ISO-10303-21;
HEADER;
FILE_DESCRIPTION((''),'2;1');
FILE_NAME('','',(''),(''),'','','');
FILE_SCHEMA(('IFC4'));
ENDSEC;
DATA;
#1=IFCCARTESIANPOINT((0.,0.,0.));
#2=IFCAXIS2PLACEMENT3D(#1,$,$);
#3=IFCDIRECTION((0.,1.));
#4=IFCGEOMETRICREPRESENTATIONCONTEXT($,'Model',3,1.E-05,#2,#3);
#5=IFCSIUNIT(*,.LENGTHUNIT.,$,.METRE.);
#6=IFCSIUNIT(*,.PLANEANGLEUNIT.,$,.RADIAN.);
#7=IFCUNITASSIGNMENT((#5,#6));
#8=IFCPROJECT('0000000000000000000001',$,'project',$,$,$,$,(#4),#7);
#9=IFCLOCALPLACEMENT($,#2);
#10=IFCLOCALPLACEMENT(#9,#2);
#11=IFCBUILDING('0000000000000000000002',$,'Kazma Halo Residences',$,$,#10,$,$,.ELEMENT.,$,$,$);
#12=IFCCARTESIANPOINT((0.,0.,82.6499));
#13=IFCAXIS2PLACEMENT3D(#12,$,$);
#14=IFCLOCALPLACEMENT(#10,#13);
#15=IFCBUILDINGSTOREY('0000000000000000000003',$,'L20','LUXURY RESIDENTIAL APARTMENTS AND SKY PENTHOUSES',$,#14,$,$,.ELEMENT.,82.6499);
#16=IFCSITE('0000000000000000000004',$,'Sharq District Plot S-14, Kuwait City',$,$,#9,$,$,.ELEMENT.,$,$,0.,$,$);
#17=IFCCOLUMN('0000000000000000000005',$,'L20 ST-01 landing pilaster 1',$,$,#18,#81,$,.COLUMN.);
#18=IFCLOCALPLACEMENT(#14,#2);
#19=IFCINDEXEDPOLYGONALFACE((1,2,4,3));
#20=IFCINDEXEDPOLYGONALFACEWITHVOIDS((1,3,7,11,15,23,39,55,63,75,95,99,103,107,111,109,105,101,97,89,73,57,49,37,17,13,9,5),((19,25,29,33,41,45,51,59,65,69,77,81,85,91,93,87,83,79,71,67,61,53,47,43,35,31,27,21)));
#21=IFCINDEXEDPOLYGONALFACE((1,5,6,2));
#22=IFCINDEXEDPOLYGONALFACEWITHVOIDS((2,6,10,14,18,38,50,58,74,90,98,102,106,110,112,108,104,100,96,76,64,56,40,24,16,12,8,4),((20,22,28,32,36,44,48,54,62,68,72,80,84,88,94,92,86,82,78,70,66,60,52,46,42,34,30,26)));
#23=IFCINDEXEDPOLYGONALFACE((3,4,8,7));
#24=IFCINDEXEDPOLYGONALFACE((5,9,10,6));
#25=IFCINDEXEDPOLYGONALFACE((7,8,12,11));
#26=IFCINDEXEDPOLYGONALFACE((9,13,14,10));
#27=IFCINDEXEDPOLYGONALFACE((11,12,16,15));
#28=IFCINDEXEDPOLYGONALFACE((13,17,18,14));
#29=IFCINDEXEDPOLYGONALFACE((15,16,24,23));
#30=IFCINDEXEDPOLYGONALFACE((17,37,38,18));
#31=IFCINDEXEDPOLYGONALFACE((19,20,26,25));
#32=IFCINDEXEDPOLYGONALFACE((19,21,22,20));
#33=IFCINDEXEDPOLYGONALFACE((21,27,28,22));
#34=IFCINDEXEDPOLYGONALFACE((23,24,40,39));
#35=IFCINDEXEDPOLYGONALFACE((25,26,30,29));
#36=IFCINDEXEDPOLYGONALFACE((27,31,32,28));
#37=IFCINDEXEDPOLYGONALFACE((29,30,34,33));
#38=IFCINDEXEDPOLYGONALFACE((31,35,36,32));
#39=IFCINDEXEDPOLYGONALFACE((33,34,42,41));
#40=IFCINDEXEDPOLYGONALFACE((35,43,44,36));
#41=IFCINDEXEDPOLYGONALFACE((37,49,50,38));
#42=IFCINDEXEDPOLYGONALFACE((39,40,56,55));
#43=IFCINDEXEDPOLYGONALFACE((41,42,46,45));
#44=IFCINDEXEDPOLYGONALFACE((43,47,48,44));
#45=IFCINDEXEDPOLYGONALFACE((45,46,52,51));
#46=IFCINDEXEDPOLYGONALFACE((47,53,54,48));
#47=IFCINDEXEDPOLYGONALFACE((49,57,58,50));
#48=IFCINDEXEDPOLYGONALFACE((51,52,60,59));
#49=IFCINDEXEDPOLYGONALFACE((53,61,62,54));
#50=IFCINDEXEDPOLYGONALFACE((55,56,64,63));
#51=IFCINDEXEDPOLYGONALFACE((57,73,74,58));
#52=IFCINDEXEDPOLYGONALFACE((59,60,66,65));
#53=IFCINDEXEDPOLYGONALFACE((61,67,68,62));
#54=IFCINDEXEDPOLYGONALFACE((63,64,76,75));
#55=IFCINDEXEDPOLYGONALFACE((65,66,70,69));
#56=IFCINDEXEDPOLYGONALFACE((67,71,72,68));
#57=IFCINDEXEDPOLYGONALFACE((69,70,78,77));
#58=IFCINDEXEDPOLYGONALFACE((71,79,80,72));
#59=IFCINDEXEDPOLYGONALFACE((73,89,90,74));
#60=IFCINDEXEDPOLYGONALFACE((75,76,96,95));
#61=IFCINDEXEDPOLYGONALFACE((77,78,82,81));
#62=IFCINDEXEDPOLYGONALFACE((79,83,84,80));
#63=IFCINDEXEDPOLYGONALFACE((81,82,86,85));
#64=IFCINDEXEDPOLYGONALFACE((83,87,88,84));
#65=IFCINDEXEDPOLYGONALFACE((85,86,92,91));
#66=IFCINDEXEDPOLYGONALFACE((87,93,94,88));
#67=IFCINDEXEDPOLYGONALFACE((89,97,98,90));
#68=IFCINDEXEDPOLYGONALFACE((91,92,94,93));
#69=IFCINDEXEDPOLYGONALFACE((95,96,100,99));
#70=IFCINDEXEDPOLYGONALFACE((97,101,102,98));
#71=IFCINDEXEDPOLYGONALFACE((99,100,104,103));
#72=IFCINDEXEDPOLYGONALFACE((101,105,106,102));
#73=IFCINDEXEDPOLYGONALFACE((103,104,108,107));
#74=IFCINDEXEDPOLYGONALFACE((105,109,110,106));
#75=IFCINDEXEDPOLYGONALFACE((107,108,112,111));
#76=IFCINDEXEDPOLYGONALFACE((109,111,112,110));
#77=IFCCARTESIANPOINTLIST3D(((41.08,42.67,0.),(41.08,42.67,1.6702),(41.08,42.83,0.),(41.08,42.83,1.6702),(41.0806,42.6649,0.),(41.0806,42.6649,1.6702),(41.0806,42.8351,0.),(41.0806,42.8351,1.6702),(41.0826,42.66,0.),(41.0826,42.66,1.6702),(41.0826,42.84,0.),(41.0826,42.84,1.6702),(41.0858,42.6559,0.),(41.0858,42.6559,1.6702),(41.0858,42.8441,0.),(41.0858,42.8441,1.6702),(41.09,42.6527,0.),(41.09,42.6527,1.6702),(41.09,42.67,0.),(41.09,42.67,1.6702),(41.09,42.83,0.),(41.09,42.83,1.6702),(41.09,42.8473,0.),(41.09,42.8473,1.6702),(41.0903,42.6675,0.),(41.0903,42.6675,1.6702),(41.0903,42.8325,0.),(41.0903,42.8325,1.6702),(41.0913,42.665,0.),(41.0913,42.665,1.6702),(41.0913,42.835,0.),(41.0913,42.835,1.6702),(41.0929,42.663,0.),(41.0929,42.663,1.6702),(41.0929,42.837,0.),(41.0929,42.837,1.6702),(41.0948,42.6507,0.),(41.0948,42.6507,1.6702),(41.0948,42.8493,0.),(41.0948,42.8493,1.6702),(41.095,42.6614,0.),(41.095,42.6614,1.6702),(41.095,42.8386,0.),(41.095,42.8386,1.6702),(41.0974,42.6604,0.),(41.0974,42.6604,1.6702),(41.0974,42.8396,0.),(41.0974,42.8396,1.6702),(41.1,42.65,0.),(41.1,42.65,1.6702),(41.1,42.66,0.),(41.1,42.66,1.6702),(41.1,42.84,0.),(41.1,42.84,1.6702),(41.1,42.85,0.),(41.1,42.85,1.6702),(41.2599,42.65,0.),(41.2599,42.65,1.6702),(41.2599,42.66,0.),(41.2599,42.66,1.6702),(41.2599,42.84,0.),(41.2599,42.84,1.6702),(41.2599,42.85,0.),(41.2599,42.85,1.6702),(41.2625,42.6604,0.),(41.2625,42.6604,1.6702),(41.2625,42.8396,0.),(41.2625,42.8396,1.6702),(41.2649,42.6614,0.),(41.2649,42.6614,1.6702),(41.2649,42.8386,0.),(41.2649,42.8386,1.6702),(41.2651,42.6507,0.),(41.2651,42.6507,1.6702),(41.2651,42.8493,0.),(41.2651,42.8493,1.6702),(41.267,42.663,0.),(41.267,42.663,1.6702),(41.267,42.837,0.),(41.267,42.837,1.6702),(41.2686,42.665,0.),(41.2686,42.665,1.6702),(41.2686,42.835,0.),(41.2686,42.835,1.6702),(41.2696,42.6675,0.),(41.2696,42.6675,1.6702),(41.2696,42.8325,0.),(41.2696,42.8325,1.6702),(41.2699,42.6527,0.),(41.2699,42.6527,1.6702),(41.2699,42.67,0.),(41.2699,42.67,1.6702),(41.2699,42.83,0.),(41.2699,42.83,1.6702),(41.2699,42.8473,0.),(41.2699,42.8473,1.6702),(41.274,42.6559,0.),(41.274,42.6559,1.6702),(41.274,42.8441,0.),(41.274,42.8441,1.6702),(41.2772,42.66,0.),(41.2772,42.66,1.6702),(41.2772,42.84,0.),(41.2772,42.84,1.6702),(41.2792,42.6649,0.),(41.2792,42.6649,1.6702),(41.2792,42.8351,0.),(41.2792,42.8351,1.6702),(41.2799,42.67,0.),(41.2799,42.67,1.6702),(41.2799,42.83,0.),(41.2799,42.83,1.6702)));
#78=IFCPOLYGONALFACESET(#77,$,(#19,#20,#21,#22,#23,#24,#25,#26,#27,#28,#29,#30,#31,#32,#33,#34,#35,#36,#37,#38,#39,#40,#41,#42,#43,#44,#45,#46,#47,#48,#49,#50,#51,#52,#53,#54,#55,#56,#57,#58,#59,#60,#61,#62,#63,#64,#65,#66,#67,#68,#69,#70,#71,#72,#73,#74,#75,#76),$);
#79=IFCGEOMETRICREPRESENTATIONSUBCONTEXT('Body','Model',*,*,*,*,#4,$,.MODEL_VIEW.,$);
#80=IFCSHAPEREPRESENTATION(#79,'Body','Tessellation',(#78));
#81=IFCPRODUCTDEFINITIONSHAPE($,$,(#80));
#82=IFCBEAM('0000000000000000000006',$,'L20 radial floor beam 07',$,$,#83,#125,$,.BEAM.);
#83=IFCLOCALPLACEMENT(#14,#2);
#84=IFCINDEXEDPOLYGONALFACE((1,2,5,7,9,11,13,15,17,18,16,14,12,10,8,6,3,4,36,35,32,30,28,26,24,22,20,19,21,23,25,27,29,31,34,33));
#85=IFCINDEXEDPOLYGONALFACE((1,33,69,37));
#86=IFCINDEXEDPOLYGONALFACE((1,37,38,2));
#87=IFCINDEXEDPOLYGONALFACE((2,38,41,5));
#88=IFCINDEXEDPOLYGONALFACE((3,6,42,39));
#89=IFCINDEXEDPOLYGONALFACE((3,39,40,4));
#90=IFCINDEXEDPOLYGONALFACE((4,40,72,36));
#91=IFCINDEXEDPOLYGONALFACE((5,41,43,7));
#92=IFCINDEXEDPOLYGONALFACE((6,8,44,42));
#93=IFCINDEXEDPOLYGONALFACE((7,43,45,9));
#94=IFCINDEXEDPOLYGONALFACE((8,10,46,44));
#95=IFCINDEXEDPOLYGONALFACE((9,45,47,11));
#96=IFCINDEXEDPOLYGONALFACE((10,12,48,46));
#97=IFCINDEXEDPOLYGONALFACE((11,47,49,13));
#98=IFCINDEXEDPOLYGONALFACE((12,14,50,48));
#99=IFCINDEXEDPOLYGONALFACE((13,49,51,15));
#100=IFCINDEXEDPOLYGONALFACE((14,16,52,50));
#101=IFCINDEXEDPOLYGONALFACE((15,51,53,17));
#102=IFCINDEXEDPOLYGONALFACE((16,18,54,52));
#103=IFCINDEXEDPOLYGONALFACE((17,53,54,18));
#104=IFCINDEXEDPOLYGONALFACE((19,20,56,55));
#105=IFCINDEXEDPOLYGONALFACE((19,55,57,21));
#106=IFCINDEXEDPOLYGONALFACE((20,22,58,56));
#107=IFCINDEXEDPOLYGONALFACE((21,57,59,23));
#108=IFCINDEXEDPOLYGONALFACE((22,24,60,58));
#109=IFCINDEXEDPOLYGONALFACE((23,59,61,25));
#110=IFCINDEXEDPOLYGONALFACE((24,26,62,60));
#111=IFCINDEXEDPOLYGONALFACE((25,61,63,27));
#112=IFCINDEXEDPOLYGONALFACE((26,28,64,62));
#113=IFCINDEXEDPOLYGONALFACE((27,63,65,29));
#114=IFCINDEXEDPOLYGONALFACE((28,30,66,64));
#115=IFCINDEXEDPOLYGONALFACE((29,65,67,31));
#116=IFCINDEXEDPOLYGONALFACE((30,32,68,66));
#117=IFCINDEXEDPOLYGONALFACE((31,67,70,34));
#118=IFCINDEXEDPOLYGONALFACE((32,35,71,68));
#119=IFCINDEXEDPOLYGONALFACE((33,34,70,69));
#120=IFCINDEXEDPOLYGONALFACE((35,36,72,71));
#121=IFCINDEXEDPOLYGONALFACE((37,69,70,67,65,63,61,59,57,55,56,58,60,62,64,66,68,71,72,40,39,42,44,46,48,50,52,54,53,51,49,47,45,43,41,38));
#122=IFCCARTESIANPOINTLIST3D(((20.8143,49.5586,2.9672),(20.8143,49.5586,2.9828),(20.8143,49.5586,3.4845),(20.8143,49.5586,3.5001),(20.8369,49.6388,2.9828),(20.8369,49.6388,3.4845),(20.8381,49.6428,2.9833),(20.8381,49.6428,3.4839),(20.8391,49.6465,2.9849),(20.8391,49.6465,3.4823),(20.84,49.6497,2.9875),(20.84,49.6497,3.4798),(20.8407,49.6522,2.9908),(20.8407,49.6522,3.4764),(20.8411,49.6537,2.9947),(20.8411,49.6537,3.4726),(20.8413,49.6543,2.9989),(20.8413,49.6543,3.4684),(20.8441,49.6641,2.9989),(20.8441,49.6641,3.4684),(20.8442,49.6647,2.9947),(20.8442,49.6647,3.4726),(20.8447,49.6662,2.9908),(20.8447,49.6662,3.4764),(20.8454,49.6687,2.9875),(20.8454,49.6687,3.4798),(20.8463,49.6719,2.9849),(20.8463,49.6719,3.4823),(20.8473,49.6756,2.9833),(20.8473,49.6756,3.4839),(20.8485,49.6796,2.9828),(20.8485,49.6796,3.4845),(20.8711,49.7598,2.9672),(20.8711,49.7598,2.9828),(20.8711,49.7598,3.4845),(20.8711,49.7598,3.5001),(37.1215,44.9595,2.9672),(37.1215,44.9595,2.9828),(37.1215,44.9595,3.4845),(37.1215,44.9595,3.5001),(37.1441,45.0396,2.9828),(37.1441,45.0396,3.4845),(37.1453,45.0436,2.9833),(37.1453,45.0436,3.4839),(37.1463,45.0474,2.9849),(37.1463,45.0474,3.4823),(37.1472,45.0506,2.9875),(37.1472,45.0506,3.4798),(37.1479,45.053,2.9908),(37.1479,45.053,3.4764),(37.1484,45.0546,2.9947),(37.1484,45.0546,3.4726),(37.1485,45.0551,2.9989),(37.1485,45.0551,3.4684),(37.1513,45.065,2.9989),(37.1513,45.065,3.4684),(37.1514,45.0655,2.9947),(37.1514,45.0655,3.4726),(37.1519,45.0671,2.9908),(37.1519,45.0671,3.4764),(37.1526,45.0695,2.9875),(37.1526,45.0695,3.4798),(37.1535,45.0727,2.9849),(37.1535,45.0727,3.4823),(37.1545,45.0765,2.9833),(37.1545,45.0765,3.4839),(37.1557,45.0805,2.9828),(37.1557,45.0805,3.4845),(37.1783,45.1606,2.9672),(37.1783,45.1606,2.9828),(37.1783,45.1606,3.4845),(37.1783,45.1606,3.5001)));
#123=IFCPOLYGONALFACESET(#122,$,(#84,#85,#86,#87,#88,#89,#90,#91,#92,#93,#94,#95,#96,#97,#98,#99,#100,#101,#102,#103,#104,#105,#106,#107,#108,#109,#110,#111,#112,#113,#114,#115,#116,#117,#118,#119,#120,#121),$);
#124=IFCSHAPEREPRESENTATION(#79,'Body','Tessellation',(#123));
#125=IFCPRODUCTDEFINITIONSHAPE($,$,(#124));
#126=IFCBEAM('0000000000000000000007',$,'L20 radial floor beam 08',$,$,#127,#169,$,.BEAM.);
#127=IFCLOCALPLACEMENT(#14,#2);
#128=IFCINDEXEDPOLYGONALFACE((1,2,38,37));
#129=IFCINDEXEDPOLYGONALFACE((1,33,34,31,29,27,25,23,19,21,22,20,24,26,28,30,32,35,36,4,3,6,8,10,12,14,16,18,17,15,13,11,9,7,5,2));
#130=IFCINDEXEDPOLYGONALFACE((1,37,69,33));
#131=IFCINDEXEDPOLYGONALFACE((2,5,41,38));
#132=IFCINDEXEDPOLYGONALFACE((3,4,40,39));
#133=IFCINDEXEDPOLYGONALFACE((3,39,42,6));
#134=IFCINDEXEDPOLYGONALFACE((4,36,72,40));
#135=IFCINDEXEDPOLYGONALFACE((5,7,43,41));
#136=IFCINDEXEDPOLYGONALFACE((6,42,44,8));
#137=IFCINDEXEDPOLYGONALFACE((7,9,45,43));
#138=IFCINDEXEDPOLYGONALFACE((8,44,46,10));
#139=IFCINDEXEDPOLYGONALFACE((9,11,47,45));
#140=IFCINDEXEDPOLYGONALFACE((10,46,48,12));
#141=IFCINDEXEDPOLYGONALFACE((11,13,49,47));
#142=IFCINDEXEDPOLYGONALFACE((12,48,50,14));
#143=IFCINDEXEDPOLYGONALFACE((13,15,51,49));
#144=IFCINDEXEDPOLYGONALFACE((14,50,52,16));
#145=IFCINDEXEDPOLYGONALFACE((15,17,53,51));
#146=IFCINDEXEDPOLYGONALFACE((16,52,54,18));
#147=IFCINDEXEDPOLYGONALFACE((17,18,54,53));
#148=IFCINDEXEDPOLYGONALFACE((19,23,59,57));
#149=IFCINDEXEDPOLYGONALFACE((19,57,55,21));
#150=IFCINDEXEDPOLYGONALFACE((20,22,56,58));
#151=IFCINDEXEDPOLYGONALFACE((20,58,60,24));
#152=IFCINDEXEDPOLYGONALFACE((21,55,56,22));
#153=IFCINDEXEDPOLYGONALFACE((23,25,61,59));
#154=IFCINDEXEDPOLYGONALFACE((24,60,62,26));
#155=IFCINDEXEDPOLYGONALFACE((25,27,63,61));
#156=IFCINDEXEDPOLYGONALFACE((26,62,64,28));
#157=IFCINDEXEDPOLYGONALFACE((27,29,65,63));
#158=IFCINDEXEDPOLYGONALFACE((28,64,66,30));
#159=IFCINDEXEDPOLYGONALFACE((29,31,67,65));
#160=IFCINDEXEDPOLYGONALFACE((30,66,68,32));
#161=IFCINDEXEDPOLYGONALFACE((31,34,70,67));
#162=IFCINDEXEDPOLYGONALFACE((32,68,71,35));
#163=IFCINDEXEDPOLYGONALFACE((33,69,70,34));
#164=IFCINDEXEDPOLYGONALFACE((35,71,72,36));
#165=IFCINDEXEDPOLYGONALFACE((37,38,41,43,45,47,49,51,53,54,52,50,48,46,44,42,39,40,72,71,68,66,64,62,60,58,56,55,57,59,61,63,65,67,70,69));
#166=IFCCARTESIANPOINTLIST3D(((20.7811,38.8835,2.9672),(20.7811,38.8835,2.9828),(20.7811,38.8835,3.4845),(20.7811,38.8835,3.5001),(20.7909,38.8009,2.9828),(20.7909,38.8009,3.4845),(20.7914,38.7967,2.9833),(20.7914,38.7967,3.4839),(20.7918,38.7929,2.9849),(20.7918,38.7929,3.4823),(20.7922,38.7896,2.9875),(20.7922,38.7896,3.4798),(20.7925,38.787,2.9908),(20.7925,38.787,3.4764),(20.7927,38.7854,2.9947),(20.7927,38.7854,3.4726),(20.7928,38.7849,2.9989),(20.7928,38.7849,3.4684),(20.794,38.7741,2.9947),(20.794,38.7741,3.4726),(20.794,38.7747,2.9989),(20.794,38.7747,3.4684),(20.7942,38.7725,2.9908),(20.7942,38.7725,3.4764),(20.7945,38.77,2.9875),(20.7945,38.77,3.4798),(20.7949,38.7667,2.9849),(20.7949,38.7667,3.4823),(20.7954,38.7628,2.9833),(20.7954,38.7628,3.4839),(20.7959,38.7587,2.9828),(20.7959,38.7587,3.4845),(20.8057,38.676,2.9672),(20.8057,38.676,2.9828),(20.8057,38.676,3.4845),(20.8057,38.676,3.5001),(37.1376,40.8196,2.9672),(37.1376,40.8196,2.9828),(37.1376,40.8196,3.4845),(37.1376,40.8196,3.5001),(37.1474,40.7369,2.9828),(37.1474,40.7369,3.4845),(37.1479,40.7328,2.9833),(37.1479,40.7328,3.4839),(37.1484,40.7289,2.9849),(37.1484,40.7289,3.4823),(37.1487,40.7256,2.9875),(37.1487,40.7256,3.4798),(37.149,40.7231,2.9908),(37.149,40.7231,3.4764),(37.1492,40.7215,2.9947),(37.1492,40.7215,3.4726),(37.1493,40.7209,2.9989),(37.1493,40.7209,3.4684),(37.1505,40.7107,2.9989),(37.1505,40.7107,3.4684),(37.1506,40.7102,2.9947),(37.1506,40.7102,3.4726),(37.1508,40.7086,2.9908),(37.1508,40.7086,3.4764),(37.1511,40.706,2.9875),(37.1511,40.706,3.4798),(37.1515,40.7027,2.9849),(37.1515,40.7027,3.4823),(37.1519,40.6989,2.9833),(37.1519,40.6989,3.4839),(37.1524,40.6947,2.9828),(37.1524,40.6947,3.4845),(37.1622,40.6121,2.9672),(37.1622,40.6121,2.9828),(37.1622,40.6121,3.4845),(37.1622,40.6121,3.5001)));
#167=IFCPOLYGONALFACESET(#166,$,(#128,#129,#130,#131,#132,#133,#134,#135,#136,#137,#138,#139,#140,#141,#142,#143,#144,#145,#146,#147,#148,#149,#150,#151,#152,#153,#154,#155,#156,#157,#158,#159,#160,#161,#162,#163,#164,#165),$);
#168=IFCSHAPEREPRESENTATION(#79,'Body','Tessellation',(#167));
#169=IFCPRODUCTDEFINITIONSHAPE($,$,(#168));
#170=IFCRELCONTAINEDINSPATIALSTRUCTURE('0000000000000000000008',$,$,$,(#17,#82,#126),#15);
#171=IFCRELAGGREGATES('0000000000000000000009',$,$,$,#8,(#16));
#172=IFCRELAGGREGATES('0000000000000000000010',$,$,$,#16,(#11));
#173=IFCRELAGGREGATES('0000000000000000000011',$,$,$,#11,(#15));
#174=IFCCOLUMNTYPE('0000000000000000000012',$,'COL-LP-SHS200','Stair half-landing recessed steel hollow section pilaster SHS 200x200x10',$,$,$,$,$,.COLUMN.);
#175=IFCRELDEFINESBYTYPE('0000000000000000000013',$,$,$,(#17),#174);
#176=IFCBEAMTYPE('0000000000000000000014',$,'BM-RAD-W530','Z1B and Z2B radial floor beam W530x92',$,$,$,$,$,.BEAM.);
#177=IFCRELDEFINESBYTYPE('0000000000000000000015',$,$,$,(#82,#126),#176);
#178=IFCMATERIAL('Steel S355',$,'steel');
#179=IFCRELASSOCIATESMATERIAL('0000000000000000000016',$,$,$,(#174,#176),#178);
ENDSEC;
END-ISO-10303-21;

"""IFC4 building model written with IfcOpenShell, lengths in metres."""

from ifc_helpers import new_model, si_unit, direction, frame, origin, origin_2d, place, context, subcontext, project, spatial, hollow_rectangle, i_section, extrude, material, material_profile, profile_set, type_object, element, save


model = new_model("IFC4")

# Units and contexts
model_context = context("Model", 3, precision=1e-05, world=origin(), true_north=direction((0.0, 1.0)))
body_context = subcontext(model_context, "Body", "Model", "MODEL_VIEW")
ifc_project = project(units=[si_unit("LENGTHUNIT", "METRE"), si_unit("PLANEANGLEUNIT", "RADIAN")], contexts=[model_context])

# Site, building, storey
site_placement = place(None, origin())
site = spatial("IfcSite", under=ifc_project, at=site_placement, Name="Sharq District Plot S-14, Kuwait City", CompositionType="ELEMENT", RefElevation=0.0)
building_placement = place(site_placement, origin())
building = spatial("IfcBuilding", under=site, at=building_placement, Name="Kazma Halo Residences", CompositionType="ELEMENT")
storey_placement = place(building_placement, frame((0.0, 0.0, 82.6499)))
storey = spatial("IfcBuildingStorey", under=building, at=storey_placement, Name="L20", Description="LUXURY RESIDENTIAL APARTMENTS AND SKY PENTHOUSES", CompositionType="ELEMENT", Elevation=82.6499)

# Column
ifc_material_1 = material(Name="Steel S355", Category="steel")
ifc_material_profile_1 = material_profile(ifc_material_1, hollow_rectangle(XDim=0.2, YDim=0.2, WallThickness=0.01, InnerFilletRadius=0.01, OuterFilletRadius=0.02, at=origin_2d()), Name="SHS200x200x10")
ifc_profile_set_1 = profile_set([ifc_material_profile_1], Name="Steel S355")
column_type = type_object("IfcColumnType", Name="COL-LP-SHS200", Description="Stair half-landing recessed steel hollow section pilaster SHS 200x200x10", PredefinedType="COLUMN", material=ifc_profile_set_1)
column_placement = place(storey_placement, frame((41.1799, 42.75, 0.0), z_axis=(0.0, 0.0, 1.0), x_axis=(1.0, 0.0, 0.0)))
element("IfcColumn", 1, at=column_placement, inside=storey, type_object=column_type, Name="L20 ST-01 landing pilaster 1", PredefinedType="COLUMN", context=body_context, shape_type="SweptSolid", body=[
    extrude(hollow_rectangle(XDim=0.2, YDim=0.2, WallThickness=0.01, InnerFilletRadius=0.01, OuterFilletRadius=0.02, at=origin_2d()), origin(), (0.0, 0.0, 1.0), 1.6702),
])

# Beams
ifc_material_profile_2 = material_profile(ifc_material_1, i_section(OverallWidth=0.209, OverallDepth=0.533, WebThickness=0.0103, FlangeThickness=0.0156, FilletRadius=0.0161, at=origin_2d()), Name="W530x92")
ifc_profile_set_2 = profile_set([ifc_material_profile_2], Name="Steel S355")
beam_type_1 = type_object("IfcBeamType", Name="BM-RAD-W530", Description="Z1B and Z2B radial floor beam W530x92", PredefinedType="BEAM", material=ifc_profile_set_2)
beam_1_placement = place(storey_placement, frame((37.1499, 45.0601, 3.2336), z_axis=(-0.962455, 0.271442, 0.0), x_axis=(-0.271442, -0.962455, 0.0)))
element("IfcBeam", 2, at=beam_1_placement, inside=storey, type_object=beam_type_1, Name="L20 radial floor beam 07", PredefinedType="BEAM", context=body_context, shape_type="SweptSolid", body=[
    extrude(i_section(OverallWidth=0.209, OverallDepth=0.533, WebThickness=0.0103, FlangeThickness=0.0156, FilletRadius=0.0161, at=origin_2d()), origin(), (0.0, 0.0, 1.0), 16.9434),
])
beam_2_placement = place(storey_placement, frame((37.1499, 40.7158, 3.2336), z_axis=(-0.993068, -0.117545, 0.0), x_axis=(0.117545, -0.993068, 0.0)))
element("IfcBeam", 3, at=beam_2_placement, inside=storey, type_object=beam_type_1, Name="L20 radial floor beam 08", PredefinedType="BEAM", context=body_context, shape_type="SweptSolid", body=[
    extrude(i_section(OverallWidth=0.209, OverallDepth=0.533, WebThickness=0.0103, FlangeThickness=0.0156, FilletRadius=0.0161, at=origin_2d()), origin(), (0.0, 0.0, 1.0), 16.4707),
])

save(model, "model.ifc")
